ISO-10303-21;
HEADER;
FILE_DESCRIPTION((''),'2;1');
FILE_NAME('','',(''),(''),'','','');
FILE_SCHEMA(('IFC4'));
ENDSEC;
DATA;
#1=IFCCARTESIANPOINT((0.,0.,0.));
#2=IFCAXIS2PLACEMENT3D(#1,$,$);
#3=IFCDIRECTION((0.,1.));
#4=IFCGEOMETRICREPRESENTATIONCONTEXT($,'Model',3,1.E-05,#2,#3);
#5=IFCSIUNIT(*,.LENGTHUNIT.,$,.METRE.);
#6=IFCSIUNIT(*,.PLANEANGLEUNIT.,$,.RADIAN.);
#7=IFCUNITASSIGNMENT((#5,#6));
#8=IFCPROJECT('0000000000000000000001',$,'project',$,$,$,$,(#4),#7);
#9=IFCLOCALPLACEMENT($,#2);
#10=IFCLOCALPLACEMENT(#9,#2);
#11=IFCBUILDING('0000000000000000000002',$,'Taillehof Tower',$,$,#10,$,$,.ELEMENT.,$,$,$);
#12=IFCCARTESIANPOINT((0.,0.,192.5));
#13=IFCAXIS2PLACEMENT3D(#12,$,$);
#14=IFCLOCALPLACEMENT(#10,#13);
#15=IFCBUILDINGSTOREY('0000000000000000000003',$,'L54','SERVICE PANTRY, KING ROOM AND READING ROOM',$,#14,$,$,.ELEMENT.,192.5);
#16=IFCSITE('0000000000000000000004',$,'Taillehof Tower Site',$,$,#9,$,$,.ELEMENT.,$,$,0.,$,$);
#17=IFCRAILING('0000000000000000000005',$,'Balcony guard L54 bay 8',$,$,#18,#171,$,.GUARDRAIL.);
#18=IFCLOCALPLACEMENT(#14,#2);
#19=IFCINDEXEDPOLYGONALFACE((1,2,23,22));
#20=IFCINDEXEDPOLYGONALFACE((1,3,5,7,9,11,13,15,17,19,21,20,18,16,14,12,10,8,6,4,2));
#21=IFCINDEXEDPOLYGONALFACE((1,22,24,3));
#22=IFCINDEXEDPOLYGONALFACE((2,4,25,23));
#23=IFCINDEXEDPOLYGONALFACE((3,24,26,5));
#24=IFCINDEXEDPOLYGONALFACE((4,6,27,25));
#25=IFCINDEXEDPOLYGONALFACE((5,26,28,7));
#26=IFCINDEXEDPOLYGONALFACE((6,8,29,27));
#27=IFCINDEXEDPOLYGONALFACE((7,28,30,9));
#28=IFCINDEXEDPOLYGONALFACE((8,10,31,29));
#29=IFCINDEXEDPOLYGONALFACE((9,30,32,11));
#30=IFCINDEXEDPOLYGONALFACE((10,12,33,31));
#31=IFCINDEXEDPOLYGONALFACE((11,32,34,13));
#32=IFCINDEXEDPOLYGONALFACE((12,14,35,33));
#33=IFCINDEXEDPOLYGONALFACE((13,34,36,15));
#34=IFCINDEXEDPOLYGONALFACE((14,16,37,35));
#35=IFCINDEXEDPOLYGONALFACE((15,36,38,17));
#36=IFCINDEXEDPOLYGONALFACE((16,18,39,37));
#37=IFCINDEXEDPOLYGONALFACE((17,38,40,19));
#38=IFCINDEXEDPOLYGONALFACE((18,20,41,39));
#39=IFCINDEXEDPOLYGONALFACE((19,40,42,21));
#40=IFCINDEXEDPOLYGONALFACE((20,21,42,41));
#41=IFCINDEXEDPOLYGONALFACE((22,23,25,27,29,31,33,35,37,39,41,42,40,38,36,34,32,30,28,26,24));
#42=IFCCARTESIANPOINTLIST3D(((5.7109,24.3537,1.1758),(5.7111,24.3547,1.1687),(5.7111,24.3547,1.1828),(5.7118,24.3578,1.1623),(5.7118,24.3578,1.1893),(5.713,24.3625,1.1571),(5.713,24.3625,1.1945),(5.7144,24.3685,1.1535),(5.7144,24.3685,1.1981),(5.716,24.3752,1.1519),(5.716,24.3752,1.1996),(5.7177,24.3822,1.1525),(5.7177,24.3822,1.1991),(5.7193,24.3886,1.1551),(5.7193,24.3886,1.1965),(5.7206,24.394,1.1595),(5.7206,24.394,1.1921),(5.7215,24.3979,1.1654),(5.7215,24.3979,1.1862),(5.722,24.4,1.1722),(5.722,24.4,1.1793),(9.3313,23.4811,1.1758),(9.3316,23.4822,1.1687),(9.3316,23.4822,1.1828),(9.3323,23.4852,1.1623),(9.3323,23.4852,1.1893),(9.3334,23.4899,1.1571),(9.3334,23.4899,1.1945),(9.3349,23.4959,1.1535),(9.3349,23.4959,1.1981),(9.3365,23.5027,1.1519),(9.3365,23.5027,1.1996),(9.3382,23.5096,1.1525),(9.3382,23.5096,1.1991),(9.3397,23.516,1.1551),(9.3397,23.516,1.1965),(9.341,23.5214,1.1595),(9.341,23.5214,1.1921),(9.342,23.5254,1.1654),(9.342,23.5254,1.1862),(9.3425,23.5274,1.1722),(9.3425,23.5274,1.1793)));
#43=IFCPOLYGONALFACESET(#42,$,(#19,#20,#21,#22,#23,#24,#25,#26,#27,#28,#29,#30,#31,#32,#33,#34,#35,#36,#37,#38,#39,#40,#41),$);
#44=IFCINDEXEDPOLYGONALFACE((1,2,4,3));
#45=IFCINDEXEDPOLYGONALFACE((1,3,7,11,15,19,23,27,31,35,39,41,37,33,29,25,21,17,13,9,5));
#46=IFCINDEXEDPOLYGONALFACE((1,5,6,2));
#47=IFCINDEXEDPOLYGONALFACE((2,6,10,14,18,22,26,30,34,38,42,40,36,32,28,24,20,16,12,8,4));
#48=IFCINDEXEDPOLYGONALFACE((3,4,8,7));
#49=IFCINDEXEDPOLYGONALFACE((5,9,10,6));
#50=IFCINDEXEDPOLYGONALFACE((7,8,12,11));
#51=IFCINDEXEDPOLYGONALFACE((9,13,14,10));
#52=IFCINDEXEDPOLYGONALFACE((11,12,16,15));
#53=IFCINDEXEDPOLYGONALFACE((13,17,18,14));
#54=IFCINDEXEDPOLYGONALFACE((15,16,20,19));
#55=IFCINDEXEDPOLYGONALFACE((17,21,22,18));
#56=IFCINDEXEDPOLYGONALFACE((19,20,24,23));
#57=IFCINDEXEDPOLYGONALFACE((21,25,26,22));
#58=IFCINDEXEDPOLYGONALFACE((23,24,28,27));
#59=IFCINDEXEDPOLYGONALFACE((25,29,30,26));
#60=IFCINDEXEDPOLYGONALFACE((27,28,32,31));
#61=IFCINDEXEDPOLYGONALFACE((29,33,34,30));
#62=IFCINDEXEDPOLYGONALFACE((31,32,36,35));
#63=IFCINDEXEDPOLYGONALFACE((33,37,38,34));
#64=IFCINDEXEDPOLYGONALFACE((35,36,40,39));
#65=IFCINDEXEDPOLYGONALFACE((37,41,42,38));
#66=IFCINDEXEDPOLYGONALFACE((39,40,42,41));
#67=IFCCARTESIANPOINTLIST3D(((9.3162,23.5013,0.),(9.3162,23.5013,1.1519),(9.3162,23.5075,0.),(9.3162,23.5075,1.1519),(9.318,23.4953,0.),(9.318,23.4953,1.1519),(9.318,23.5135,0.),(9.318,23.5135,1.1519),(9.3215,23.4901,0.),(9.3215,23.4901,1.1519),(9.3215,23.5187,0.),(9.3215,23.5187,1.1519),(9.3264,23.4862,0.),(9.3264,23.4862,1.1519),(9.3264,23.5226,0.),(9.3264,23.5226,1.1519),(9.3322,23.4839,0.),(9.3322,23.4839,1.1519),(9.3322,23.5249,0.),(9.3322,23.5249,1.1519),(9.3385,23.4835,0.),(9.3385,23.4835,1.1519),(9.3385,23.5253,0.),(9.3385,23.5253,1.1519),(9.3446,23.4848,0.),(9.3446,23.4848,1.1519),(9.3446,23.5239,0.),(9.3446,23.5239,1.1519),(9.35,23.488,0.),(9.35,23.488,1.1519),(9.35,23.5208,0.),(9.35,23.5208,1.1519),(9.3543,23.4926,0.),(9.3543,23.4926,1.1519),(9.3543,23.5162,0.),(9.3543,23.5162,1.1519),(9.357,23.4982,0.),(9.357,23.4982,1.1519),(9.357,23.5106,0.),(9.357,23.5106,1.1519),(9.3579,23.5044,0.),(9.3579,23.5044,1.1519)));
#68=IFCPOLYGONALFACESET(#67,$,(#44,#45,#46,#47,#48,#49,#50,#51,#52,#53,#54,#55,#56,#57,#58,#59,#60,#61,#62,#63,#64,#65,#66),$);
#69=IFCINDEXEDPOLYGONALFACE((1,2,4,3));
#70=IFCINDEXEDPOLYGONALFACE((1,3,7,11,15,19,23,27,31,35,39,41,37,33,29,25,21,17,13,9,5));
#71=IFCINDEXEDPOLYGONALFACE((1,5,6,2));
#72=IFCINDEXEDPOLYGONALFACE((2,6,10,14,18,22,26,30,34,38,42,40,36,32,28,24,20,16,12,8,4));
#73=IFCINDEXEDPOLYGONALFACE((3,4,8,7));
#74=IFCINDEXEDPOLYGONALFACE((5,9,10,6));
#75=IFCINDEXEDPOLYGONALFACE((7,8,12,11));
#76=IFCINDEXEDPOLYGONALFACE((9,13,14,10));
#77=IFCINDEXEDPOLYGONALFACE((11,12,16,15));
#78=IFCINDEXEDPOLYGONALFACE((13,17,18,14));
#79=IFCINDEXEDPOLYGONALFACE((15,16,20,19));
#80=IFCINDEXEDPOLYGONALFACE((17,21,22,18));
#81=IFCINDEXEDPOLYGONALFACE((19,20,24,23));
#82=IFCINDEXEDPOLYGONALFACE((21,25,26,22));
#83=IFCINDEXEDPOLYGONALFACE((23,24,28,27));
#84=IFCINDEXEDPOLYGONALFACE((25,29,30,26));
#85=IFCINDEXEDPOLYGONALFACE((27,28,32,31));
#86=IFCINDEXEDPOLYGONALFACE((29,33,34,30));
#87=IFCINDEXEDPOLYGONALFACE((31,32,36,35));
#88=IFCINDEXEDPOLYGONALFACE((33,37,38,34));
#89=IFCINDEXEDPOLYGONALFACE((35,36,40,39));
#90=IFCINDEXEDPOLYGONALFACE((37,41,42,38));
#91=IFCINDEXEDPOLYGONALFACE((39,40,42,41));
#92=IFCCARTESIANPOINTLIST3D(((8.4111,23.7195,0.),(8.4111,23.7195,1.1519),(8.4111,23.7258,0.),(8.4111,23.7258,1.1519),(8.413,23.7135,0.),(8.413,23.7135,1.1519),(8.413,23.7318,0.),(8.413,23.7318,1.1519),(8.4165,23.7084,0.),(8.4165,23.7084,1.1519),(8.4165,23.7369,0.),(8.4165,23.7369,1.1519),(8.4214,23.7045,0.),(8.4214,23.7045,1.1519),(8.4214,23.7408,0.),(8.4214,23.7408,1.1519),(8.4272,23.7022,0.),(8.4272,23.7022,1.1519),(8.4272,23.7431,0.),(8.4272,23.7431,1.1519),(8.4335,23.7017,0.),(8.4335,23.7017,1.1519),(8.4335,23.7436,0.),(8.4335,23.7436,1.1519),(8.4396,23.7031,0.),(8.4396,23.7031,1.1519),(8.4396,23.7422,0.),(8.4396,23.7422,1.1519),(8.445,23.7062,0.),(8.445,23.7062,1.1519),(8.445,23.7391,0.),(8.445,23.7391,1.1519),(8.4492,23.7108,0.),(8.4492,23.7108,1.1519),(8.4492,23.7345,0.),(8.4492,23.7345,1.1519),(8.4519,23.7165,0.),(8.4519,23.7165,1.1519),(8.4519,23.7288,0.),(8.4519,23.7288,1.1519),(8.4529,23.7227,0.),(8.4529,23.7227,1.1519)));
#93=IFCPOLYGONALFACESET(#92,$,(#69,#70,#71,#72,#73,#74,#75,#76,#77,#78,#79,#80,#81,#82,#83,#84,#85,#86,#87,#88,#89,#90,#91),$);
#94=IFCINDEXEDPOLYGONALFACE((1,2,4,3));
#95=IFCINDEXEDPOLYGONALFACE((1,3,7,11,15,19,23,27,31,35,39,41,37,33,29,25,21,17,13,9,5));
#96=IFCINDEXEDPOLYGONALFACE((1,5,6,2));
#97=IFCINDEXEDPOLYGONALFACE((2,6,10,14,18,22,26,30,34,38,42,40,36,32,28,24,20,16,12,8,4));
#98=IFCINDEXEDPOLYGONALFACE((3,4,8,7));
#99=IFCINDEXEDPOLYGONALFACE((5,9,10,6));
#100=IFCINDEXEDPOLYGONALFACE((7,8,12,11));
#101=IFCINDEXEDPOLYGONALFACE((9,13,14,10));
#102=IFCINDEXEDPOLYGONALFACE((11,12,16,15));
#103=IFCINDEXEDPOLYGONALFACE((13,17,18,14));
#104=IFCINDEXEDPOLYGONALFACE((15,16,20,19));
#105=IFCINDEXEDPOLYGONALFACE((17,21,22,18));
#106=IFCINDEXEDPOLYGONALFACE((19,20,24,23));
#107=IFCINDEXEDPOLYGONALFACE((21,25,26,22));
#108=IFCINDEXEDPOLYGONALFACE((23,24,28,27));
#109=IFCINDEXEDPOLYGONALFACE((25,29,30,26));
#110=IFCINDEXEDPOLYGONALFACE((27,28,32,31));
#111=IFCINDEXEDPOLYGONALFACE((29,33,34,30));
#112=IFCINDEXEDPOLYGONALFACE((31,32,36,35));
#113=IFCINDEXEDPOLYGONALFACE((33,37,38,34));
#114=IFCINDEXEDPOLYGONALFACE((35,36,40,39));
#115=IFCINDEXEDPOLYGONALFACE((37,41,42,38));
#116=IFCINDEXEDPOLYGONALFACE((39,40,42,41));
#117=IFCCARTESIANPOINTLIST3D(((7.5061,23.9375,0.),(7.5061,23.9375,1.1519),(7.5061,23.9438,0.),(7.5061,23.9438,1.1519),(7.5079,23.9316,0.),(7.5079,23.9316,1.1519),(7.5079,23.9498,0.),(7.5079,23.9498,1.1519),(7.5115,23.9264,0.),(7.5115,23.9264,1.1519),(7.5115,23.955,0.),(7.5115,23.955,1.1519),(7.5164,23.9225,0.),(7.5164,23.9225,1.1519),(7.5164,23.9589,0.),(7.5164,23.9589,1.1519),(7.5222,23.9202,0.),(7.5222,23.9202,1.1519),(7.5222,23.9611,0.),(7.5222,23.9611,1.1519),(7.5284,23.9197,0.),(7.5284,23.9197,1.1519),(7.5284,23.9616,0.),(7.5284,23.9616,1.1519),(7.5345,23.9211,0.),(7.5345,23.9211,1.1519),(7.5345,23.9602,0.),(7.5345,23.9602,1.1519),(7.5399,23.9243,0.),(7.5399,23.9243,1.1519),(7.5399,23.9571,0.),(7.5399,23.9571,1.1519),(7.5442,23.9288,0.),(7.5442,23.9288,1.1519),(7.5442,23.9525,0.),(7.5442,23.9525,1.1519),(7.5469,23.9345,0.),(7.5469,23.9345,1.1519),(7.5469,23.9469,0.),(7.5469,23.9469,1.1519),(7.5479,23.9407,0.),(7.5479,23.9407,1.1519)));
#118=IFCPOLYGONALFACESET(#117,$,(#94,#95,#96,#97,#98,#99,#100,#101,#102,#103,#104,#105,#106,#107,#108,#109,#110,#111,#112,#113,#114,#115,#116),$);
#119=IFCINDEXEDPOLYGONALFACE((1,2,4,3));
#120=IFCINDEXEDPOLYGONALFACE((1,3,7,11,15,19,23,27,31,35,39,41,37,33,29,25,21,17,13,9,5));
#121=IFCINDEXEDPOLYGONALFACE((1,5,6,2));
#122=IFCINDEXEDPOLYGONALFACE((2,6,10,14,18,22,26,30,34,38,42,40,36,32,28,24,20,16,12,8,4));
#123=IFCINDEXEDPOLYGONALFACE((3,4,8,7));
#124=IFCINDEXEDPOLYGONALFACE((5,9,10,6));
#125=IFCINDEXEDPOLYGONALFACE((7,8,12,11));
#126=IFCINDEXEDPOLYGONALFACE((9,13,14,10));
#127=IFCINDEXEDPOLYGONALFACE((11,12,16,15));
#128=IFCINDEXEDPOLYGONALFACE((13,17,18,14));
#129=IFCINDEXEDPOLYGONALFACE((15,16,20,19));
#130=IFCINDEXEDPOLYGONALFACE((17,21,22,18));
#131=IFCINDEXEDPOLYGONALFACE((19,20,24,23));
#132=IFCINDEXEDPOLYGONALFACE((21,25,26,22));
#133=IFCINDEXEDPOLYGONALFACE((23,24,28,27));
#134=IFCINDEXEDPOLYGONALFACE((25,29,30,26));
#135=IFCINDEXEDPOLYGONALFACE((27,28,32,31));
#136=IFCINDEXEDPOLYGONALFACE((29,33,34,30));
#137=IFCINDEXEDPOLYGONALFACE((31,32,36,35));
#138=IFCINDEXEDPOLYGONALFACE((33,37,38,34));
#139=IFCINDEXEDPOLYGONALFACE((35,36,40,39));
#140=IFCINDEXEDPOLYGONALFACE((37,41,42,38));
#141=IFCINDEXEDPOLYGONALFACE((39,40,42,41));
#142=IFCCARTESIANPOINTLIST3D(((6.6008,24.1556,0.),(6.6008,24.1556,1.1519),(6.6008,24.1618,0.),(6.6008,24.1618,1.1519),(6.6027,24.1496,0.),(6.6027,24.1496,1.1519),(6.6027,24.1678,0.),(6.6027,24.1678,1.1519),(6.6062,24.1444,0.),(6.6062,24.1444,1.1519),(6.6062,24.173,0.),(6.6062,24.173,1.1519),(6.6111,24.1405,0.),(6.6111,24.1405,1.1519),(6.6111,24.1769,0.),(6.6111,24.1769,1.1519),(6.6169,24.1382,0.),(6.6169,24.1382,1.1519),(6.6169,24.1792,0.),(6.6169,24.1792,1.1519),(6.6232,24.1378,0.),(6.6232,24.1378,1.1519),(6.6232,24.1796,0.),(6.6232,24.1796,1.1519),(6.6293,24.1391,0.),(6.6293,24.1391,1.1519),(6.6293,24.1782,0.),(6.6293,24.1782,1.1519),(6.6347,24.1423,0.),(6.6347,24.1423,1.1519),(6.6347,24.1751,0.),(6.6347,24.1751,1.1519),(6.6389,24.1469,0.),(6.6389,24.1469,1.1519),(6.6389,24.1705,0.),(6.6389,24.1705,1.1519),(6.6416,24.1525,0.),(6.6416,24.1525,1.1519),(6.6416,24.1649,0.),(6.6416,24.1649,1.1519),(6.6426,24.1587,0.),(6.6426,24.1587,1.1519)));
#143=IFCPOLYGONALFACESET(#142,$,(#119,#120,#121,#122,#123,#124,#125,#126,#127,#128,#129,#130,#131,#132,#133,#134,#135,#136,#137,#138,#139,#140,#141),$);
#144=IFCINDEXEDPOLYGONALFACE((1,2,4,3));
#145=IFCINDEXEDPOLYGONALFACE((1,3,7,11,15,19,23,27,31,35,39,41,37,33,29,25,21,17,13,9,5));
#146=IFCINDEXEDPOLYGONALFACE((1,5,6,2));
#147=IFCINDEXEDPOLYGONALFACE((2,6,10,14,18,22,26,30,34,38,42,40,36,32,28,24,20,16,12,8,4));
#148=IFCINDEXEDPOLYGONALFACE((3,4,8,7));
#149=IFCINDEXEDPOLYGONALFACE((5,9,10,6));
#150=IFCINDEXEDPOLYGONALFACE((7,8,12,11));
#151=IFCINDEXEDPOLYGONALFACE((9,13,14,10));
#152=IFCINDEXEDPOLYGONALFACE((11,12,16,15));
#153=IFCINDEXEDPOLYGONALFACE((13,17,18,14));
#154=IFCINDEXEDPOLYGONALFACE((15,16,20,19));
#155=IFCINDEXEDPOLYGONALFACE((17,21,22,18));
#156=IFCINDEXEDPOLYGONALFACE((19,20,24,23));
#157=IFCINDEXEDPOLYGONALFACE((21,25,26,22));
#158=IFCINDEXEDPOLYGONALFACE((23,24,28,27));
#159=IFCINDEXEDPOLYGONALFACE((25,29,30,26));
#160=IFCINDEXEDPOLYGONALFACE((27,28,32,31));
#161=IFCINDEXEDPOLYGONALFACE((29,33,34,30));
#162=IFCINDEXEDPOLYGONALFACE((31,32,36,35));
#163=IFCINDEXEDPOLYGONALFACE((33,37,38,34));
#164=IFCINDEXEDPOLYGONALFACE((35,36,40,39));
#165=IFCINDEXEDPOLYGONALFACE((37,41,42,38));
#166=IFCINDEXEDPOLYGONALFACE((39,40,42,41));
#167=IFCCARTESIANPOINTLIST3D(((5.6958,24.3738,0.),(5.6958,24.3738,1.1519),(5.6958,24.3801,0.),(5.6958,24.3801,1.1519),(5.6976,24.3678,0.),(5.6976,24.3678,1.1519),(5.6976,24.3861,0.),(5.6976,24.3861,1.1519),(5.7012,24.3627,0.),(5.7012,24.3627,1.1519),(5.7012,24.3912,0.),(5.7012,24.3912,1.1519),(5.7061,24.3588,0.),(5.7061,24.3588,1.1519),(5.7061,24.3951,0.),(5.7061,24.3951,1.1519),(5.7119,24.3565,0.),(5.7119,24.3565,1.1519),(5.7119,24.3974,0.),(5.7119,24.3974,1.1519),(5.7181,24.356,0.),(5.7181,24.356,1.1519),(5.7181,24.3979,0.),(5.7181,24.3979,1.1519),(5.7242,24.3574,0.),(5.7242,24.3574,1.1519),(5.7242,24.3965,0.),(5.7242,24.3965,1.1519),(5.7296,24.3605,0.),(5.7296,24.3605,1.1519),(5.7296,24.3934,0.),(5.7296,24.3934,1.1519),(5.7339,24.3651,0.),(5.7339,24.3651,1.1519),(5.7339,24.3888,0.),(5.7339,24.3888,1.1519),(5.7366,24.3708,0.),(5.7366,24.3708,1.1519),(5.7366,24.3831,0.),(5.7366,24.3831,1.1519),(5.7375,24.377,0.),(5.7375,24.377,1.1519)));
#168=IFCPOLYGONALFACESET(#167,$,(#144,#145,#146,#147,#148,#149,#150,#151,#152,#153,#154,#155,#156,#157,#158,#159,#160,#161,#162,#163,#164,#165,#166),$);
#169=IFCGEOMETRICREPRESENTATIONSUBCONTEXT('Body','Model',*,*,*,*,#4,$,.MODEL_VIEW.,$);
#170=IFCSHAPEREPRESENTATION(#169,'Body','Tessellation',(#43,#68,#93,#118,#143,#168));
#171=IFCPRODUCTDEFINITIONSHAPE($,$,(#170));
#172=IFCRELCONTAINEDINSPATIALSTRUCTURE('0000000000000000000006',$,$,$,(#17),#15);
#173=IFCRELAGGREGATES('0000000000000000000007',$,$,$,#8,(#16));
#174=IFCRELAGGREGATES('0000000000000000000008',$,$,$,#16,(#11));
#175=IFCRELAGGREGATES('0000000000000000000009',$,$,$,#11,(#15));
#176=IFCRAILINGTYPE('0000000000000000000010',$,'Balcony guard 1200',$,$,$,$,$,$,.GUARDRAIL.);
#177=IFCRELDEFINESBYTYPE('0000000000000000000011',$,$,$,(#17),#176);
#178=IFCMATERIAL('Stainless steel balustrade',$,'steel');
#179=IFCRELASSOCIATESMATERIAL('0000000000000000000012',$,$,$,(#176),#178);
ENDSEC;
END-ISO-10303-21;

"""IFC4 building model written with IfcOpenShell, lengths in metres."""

from ifc_helpers import new_model, si_unit, direction, frame, origin, origin_2d, place, context, subcontext, project, spatial, circle, extrude, material, type_object, element, save


model = new_model("IFC4")

# Units and contexts
model_context = context("Model", 3, precision=1e-05, world=origin(), true_north=direction((0.0, 1.0)))
body_context = subcontext(model_context, "Body", "Model", "MODEL_VIEW")
ifc_project = project(units=[si_unit("LENGTHUNIT", "METRE"), si_unit("PLANEANGLEUNIT", "RADIAN")], contexts=[model_context])

# Site, building, storey
site_placement = place(None, origin())
site = spatial("IfcSite", under=ifc_project, at=site_placement, Name="Taillehof Tower Site", CompositionType="ELEMENT", RefElevation=0.0)
building_placement = place(site_placement, origin())
building = spatial("IfcBuilding", under=site, at=building_placement, Name="Taillehof Tower", CompositionType="ELEMENT")
storey_placement = place(building_placement, frame((0.0, 0.0, 192.5)))
storey = spatial("IfcBuildingStorey", under=building, at=storey_placement, Name="L54", Description="SERVICE PANTRY, KING ROOM AND READING ROOM", CompositionType="ELEMENT", Elevation=192.5)

# Railing
ifc_material_1 = material(Name="Stainless steel balustrade", Category="steel")
railing_type = type_object("IfcRailingType", Name="Balcony guard 1200", PredefinedType="GUARDRAIL", material=ifc_material_1)
railing_placement = place(storey_placement, frame((9.3369, 23.5044, 0.0)))
element("IfcRailing", 1, at=railing_placement, inside=storey, type_object=railing_type, Name="Balcony guard L54 bay 8", PredefinedType="GUARDRAIL", context=body_context, shape_type="SweptSolid", body=[
    extrude(circle(Radius=0.0239, at=origin_2d()), frame((0.0, 0.0, 1.1758), z_axis=(-0.972163, 0.234305, 0.0), x_axis=(-0.234305, -0.972163, 0.0)), (0.0, 0.0, 1.0), 3.7241),
    extrude(circle(Radius=0.021, at=origin_2d()), origin(), (0.0, 0.0, 1.0), 1.1519),
    extrude(circle(Radius=0.021, at=origin_2d()), frame((-0.905, 0.2183, 0.0)), (0.0, 0.0, 1.0), 1.1519),
    extrude(circle(Radius=0.021, at=origin_2d()), frame((-1.8101, 0.4363, 0.0)), (0.0, 0.0, 1.0), 1.1519),
    extrude(circle(Radius=0.021, at=origin_2d()), frame((-2.7153, 0.6543, 0.0)), (0.0, 0.0, 1.0), 1.1519),
    extrude(circle(Radius=0.021, at=origin_2d()), frame((-3.6204, 0.8726, 0.0)), (0.0, 0.0, 1.0), 1.1519),
])

save(model, "model.ifc")
